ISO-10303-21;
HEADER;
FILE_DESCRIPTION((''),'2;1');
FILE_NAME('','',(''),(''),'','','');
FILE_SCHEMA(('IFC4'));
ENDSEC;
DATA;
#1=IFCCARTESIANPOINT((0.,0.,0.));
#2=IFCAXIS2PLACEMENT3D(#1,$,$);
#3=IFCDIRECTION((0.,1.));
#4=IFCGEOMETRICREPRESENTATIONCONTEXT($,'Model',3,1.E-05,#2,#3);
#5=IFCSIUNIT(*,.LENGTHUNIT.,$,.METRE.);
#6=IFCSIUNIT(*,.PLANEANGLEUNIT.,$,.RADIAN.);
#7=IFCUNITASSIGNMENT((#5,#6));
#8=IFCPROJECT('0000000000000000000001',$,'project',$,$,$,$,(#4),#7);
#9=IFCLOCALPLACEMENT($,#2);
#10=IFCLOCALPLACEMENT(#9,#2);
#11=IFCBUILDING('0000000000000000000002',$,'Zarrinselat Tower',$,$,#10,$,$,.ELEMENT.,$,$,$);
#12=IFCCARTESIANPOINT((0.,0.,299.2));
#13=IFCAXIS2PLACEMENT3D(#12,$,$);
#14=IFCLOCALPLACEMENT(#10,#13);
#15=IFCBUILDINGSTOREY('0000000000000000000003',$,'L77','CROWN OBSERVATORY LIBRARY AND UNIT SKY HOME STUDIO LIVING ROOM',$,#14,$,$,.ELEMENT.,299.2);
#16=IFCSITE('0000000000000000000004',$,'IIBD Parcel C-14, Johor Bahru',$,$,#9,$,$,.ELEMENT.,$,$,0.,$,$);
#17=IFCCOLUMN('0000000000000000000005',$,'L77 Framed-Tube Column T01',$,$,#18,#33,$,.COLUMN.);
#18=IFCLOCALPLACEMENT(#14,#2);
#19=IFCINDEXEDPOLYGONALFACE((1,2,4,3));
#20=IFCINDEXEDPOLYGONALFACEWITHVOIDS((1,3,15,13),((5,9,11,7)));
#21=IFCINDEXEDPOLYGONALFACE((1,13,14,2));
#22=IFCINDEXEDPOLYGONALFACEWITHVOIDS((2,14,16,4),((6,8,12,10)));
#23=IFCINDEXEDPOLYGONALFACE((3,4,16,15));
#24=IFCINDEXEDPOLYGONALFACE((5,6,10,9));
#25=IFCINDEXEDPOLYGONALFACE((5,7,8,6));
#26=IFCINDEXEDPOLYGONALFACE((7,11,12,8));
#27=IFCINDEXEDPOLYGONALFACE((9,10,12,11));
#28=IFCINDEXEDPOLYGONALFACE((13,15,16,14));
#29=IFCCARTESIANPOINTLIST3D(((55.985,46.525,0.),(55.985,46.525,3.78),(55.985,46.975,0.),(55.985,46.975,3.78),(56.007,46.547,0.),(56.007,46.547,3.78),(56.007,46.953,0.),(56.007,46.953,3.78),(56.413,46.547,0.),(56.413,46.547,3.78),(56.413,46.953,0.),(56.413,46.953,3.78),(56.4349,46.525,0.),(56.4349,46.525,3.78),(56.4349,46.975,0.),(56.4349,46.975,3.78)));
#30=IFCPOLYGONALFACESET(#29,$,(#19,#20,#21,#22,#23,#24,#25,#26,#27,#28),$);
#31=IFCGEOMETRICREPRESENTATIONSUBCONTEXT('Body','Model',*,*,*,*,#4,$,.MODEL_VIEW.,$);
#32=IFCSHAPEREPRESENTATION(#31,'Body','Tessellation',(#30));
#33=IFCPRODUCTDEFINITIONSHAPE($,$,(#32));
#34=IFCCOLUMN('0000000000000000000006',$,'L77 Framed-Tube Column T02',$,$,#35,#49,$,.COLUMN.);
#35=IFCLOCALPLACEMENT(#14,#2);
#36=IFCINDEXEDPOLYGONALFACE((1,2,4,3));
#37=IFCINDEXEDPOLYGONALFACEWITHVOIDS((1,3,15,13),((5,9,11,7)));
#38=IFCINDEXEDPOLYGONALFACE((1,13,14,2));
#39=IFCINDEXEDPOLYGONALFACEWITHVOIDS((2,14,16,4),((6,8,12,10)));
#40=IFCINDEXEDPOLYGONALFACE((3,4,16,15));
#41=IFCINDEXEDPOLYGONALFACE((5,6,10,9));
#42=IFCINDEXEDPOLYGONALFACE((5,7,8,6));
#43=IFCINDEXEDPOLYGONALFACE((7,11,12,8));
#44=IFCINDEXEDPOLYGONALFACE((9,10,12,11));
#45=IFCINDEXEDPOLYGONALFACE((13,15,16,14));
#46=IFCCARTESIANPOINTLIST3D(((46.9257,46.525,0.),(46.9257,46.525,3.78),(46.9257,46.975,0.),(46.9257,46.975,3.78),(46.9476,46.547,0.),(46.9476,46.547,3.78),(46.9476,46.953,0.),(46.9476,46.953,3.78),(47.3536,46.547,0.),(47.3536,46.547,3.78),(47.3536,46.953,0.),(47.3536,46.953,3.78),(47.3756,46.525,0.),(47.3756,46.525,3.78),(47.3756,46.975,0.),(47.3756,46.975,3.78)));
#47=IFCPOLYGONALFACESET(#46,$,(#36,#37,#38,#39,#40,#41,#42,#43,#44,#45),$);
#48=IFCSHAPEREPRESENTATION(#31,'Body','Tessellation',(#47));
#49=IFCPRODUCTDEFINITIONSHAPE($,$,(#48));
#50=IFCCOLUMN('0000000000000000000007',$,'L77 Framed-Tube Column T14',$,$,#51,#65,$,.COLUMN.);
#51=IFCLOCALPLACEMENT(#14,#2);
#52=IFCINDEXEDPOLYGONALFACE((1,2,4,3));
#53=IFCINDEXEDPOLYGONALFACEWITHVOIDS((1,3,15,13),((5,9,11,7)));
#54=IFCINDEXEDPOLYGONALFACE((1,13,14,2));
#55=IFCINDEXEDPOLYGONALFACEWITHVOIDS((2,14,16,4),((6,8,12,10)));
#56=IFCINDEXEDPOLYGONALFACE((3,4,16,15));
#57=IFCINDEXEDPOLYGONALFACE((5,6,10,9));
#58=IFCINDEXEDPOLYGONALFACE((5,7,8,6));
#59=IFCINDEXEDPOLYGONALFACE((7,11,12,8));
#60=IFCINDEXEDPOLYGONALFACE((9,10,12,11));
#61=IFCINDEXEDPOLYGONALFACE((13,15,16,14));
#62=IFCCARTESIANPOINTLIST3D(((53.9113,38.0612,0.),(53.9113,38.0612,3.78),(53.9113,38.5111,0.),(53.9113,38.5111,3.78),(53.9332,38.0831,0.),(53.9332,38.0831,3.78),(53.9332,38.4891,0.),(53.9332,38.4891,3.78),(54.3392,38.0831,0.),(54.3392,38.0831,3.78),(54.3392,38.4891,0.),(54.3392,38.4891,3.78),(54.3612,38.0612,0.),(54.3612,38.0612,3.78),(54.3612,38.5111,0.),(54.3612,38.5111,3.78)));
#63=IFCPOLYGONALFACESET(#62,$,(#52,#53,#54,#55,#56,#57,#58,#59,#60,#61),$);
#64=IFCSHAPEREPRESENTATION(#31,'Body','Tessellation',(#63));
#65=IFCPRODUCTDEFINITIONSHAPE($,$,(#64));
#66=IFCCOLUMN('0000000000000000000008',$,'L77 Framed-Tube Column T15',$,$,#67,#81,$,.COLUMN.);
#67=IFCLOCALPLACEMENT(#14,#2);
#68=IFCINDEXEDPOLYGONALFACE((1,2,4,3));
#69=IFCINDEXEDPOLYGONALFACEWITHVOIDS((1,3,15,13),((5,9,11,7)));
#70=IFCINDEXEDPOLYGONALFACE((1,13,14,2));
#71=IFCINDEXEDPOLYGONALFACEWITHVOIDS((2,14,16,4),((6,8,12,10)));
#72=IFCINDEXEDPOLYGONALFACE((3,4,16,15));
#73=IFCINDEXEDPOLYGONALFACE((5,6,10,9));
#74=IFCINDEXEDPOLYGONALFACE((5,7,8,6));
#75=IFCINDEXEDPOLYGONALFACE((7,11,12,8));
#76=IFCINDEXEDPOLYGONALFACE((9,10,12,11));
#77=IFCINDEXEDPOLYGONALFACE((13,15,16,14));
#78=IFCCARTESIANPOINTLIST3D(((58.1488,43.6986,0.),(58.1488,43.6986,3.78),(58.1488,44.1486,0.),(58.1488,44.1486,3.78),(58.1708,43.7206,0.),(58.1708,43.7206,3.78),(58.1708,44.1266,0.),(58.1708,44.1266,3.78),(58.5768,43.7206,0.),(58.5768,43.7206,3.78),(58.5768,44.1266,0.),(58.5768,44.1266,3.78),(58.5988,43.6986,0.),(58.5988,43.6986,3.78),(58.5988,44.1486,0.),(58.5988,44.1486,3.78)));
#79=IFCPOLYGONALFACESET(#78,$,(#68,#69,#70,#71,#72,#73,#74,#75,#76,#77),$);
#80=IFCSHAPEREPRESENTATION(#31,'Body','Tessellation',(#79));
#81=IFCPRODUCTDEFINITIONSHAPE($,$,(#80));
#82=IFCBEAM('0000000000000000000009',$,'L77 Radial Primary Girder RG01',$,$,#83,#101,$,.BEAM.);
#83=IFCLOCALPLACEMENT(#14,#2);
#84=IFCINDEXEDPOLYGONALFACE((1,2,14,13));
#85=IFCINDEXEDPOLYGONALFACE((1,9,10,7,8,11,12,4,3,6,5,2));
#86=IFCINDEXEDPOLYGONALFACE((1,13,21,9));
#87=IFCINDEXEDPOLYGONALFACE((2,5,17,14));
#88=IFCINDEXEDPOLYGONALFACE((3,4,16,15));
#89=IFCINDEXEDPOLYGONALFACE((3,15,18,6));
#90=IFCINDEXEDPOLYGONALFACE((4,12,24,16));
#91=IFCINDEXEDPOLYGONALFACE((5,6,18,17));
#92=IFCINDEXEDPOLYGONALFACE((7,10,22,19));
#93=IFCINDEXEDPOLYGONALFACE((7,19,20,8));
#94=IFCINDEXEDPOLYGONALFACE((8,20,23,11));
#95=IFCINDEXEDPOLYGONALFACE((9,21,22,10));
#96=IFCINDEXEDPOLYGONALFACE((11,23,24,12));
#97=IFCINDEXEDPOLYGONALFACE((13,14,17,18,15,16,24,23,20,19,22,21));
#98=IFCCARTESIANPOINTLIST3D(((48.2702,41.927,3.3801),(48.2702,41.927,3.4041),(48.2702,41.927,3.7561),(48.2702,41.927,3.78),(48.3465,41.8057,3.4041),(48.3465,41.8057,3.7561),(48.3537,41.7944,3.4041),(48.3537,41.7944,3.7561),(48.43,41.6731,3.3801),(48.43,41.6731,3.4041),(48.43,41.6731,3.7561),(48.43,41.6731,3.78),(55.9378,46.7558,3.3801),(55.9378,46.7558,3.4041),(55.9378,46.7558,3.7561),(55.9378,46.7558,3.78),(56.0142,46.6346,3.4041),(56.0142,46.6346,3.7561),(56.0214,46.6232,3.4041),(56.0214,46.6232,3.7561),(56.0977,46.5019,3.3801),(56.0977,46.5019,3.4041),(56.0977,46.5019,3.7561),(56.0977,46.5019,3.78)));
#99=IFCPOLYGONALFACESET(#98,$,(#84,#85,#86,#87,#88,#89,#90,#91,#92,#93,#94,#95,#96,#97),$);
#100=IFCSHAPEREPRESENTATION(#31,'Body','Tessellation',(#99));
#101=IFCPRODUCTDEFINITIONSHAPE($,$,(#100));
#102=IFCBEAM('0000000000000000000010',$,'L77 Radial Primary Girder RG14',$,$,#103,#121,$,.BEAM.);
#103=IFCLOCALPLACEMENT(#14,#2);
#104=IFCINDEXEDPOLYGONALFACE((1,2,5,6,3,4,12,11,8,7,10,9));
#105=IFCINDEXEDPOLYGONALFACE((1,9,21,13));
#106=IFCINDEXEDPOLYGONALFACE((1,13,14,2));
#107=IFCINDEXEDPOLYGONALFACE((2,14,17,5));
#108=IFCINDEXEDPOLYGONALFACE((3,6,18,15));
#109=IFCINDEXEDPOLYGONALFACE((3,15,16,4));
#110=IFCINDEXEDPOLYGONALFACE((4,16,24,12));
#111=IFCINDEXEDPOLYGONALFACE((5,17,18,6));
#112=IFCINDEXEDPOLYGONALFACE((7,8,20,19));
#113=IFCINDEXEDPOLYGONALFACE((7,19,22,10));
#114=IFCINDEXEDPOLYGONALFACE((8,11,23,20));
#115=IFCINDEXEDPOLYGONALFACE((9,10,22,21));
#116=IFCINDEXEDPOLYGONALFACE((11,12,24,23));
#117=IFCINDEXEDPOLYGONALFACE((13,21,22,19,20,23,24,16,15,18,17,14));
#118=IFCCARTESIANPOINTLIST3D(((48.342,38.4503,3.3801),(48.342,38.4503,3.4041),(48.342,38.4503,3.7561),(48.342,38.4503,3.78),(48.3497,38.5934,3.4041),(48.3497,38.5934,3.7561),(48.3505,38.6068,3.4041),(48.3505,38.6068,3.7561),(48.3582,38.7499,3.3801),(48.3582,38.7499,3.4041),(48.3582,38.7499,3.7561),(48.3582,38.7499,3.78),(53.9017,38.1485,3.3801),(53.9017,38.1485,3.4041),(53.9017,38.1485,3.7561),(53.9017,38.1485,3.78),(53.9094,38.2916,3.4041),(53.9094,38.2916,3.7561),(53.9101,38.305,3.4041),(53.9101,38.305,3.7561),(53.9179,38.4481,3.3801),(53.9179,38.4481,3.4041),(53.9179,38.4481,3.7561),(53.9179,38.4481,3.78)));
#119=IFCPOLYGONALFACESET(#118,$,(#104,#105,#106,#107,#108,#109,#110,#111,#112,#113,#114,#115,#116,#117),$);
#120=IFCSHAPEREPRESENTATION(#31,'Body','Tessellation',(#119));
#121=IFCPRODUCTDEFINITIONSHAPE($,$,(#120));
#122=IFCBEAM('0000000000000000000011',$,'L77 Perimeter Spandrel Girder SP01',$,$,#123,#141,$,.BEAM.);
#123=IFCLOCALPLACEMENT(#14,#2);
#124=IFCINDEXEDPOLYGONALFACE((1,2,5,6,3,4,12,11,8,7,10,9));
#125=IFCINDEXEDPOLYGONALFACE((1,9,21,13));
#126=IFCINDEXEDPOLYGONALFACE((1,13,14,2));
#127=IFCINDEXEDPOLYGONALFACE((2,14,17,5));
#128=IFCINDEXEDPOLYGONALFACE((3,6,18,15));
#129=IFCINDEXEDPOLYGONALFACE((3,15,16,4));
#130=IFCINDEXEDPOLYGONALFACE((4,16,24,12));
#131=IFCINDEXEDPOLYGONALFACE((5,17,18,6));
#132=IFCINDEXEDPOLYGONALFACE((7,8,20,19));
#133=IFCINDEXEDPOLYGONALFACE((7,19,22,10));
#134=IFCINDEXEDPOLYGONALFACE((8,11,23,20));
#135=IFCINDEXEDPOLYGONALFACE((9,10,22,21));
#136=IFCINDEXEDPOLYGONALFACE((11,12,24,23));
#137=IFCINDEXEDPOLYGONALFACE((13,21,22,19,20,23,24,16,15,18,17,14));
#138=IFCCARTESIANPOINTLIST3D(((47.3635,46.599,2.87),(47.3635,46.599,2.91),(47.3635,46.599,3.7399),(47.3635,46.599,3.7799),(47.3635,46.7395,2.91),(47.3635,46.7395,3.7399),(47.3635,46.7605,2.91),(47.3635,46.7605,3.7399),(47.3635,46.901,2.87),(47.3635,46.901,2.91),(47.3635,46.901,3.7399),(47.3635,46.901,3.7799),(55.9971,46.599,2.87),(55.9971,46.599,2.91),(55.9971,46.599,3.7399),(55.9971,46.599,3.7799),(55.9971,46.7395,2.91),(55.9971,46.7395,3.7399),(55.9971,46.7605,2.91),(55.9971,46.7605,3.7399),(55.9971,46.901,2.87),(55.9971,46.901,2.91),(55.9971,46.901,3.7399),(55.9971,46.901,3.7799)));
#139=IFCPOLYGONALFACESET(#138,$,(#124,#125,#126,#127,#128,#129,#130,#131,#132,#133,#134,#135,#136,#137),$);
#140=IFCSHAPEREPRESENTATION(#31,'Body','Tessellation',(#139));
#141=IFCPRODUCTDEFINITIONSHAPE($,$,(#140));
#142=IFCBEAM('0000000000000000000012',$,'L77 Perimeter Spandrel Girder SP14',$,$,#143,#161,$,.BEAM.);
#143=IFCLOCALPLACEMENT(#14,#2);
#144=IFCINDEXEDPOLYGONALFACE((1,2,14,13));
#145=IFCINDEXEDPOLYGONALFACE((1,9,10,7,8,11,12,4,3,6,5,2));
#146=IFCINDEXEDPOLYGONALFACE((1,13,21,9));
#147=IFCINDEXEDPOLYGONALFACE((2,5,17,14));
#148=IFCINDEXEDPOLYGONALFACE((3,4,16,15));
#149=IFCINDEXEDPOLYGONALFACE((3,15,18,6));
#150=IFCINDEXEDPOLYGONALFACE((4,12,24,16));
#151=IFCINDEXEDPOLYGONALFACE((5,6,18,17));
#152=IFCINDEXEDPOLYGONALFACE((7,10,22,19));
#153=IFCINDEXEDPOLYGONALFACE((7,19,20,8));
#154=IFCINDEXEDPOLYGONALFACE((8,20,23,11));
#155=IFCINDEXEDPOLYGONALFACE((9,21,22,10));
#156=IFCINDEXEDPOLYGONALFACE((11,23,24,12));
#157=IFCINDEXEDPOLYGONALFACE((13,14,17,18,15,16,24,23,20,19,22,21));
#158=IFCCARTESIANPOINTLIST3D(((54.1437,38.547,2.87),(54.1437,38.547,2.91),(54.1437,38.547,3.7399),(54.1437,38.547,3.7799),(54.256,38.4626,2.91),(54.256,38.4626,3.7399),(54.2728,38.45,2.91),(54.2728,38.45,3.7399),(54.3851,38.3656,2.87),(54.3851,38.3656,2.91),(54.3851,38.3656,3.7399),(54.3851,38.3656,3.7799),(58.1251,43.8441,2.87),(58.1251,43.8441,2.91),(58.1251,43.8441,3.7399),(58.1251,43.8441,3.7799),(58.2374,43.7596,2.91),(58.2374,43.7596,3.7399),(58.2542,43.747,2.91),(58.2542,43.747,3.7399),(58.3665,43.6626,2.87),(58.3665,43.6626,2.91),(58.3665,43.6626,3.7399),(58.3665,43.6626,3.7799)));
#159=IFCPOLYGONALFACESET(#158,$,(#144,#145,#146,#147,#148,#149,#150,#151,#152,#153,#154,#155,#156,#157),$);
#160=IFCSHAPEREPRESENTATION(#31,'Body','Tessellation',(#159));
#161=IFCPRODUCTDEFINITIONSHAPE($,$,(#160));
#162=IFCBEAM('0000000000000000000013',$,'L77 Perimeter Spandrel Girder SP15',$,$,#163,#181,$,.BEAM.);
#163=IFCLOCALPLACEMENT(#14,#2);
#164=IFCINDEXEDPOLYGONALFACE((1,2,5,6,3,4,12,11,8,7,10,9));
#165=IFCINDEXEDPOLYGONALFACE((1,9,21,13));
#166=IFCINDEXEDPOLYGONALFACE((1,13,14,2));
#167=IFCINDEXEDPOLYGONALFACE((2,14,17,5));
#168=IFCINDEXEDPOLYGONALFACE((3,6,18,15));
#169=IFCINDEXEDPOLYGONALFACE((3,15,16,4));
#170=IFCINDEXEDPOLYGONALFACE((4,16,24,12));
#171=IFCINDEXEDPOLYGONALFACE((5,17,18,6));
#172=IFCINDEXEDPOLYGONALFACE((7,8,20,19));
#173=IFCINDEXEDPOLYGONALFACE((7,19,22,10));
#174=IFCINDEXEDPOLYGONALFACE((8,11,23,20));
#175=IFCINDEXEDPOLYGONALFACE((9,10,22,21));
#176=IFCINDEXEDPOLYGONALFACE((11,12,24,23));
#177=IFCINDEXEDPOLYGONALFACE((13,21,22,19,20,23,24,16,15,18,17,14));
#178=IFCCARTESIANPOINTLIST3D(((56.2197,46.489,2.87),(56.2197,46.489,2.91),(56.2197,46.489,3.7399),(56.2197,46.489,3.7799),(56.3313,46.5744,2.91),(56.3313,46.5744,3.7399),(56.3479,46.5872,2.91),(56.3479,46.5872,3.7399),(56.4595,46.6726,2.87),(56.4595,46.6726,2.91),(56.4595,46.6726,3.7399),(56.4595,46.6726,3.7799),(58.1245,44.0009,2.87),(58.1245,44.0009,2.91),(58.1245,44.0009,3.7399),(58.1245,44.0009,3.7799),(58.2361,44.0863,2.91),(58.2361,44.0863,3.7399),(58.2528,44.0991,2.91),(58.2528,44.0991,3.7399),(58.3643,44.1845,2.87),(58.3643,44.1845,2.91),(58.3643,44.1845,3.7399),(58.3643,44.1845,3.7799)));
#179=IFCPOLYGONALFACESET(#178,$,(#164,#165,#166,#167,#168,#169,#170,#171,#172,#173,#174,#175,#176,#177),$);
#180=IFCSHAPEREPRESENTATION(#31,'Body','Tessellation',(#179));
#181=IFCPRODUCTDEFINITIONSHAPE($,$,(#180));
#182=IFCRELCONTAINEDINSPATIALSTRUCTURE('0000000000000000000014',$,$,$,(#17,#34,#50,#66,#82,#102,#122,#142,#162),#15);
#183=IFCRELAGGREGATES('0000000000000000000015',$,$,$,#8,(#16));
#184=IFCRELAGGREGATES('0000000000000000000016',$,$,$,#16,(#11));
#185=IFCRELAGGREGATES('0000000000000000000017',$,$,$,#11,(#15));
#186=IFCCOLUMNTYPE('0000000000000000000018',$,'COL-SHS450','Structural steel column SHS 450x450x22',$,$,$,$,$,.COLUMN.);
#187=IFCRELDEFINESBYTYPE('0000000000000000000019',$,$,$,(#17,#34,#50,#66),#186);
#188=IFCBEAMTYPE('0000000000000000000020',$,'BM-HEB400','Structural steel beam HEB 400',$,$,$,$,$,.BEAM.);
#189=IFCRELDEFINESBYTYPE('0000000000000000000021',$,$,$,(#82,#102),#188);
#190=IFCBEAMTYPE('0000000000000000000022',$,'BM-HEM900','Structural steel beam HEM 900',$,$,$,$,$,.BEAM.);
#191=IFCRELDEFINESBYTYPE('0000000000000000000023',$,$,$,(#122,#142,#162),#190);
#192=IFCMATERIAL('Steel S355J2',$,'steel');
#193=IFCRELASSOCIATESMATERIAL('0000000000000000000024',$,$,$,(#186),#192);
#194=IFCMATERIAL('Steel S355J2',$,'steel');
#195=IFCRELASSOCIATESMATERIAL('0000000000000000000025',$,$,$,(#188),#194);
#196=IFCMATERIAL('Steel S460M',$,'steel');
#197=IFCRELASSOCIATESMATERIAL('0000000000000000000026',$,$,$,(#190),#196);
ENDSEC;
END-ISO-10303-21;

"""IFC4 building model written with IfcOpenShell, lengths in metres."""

from ifc_helpers import new_model, si_unit, direction, frame, origin, origin_2d, place, context, subcontext, project, spatial, hollow_rectangle, i_section, extrude, material, material_profile, profile_set, type_object, element, save


model = new_model("IFC4")

# Units and contexts
model_context = context("Model", 3, precision=1e-05, world=origin(), true_north=direction((0.0, 1.0)))
body_context = subcontext(model_context, "Body", "Model", "MODEL_VIEW")
ifc_project = project(units=[si_unit("LENGTHUNIT", "METRE"), si_unit("PLANEANGLEUNIT", "RADIAN")], contexts=[model_context])

# Site, building, storey
site_placement = place(None, origin())
site = spatial("IfcSite", under=ifc_project, at=site_placement, Name="IIBD Parcel C-14, Johor Bahru", CompositionType="ELEMENT", RefElevation=0.0)
building_placement = place(site_placement, origin())
building = spatial("IfcBuilding", under=site, at=building_placement, Name="Zarrinselat Tower", CompositionType="ELEMENT")
storey_placement = place(building_placement, frame((0.0, 0.0, 299.2)))
storey = spatial("IfcBuildingStorey", under=building, at=storey_placement, Name="L77", Description="CROWN OBSERVATORY LIBRARY AND UNIT SKY HOME STUDIO LIVING ROOM", CompositionType="ELEMENT", Elevation=299.2)

# Columns
ifc_material_1 = material(Name="Steel S355J2", Category="steel")
ifc_material_profile_1 = material_profile(ifc_material_1, hollow_rectangle(XDim=0.45, YDim=0.45, WallThickness=0.022, at=origin_2d()), Name="SHS 450x450x22")
ifc_profile_set_1 = profile_set([ifc_material_profile_1], Name="Steel S355J2")
column_type = type_object("IfcColumnType", Name="COL-SHS450", Description="Structural steel column SHS 450x450x22", PredefinedType="COLUMN", material=ifc_profile_set_1)
for number, where, z_axis, x_axis, name in (
    (1, (56.21, 46.75, 0.0), (0.0, 0.0, 1.0), (1.0, 0.0, 0.0), "L77 Framed-Tube Column T01"),
    (2, (47.1506, 46.75, 0.0), (0.0, 0.0, 1.0), (1.0, 0.0, 0.0), "L77 Framed-Tube Column T02"),
    (3, (54.1362, 38.2861, 0.0), (0.0, 0.0, 1.0), (1.0, 0.0, 0.0), "L77 Framed-Tube Column T14"),
    (4, (58.3738, 43.9236, 0.0), (0.0, 0.0, 1.0), (1.0, 0.0, 0.0), "L77 Framed-Tube Column T15"),
):
    element("IfcColumn", number, at=place(storey_placement, frame(where, z_axis=z_axis, x_axis=x_axis)), inside=storey, type_object=column_type, Name=name, PredefinedType="COLUMN", context=body_context, shape_type="SweptSolid", body=[
        extrude(hollow_rectangle(XDim=0.45, YDim=0.45, WallThickness=0.022, at=origin_2d()), origin(), (0.0, 0.0, 1.0), 3.78),
    ])

# Beams
ifc_material_2 = material(Name="Steel S355J2", Category="steel")
ifc_material_profile_2 = material_profile(ifc_material_2, i_section(OverallWidth=0.3, OverallDepth=0.3999, WebThickness=0.0134, FlangeThickness=0.0239, at=origin_2d()), Name="HEB 400")
ifc_profile_set_2 = profile_set([ifc_material_profile_2], Name="Steel S355J2")
beam_type_1 = type_object("IfcBeamType", Name="BM-HEB400", Description="Structural steel beam HEB 400", PredefinedType="BEAM", material=ifc_profile_set_2)
beam_1_placement = place(storey_placement, frame((48.3501, 41.8, 3.5801), z_axis=(0.846182, 0.532895, 0.0), x_axis=(-0.532895, 0.846182, 0.0)))
element("IfcBeam", 5, at=beam_1_placement, inside=storey, type_object=beam_type_1, Name="L77 Radial Primary Girder RG01", PredefinedType="BEAM", context=body_context, shape_type="SweptSolid", body=[
    extrude(i_section(OverallWidth=0.3, OverallDepth=0.3999, WebThickness=0.0134, FlangeThickness=0.0239, at=origin_2d()), origin(), (0.0, 0.0, 1.0), 9.0615),
])
beam_2_placement = place(storey_placement, frame((48.3501, 38.6001, 3.5801), z_axis=(0.99853, -0.054197, 0.0), x_axis=(0.054197, 0.99853, 0.0)))
element("IfcBeam", 6, at=beam_2_placement, inside=storey, type_object=beam_type_1, Name="L77 Radial Primary Girder RG14", PredefinedType="BEAM", context=body_context, shape_type="SweptSolid", body=[
    extrude(i_section(OverallWidth=0.3, OverallDepth=0.3999, WebThickness=0.0134, FlangeThickness=0.0239, at=origin_2d()), origin(), (0.0, 0.0, 1.0), 5.5679),
])
ifc_material_3 = material(Name="Steel S460M", Category="steel")
ifc_material_profile_3 = material_profile(ifc_material_3, i_section(OverallWidth=0.302, OverallDepth=0.9099, WebThickness=0.021, FlangeThickness=0.04, at=origin_2d()), Name="HEM 900")
ifc_profile_set_3 = profile_set([ifc_material_profile_3], Name="Steel S460M")
beam_type_2 = type_object("IfcBeamType", Name="BM-HEM900", Description="Structural steel beam HEM 900", PredefinedType="BEAM", material=ifc_profile_set_3)
beam_3_placement = place(storey_placement, frame((47.3635, 46.75, 3.325), z_axis=(1.0, 0.0, 0.0), x_axis=(0.0, 1.0, 0.0)))
element("IfcBeam", 7, at=beam_3_placement, inside=storey, type_object=beam_type_2, Name="L77 Perimeter Spandrel Girder SP01", PredefinedType="BEAM", context=body_context, shape_type="SweptSolid", body=[
    extrude(i_section(OverallWidth=0.302, OverallDepth=0.9099, WebThickness=0.021, FlangeThickness=0.04, at=origin_2d()), origin(), (0.0, 0.0, 1.0), 8.6335),
])
beam_4_placement = place(storey_placement, frame((54.2644, 38.4563, 3.325), z_axis=(0.600831, 0.799376, 0.0), x_axis=(-0.799376, 0.600831, 0.0)))
element("IfcBeam", 8, at=beam_4_placement, inside=storey, type_object=beam_type_2, Name="L77 Perimeter Spandrel Girder SP14", PredefinedType="BEAM", context=body_context, shape_type="SweptSolid", body=[
    extrude(i_section(OverallWidth=0.302, OverallDepth=0.9099, WebThickness=0.021, FlangeThickness=0.04, at=origin_2d()), origin(), (0.0, 0.0, 1.0), 6.6265),
])
beam_5_placement = place(storey_placement, frame((56.3396, 46.5808, 3.325), z_axis=(0.607887, -0.794024, 0.0), x_axis=(0.794024, 0.607887, 0.0)))
element("IfcBeam", 9, at=beam_5_placement, inside=storey, type_object=beam_type_2, Name="L77 Perimeter Spandrel Girder SP15", PredefinedType="BEAM", context=body_context, shape_type="SweptSolid", body=[
    extrude(i_section(OverallWidth=0.302, OverallDepth=0.9099, WebThickness=0.021, FlangeThickness=0.04, at=origin_2d()), origin(), (0.0, 0.0, 1.0), 3.1335),
])

save(model, "model.ifc")
